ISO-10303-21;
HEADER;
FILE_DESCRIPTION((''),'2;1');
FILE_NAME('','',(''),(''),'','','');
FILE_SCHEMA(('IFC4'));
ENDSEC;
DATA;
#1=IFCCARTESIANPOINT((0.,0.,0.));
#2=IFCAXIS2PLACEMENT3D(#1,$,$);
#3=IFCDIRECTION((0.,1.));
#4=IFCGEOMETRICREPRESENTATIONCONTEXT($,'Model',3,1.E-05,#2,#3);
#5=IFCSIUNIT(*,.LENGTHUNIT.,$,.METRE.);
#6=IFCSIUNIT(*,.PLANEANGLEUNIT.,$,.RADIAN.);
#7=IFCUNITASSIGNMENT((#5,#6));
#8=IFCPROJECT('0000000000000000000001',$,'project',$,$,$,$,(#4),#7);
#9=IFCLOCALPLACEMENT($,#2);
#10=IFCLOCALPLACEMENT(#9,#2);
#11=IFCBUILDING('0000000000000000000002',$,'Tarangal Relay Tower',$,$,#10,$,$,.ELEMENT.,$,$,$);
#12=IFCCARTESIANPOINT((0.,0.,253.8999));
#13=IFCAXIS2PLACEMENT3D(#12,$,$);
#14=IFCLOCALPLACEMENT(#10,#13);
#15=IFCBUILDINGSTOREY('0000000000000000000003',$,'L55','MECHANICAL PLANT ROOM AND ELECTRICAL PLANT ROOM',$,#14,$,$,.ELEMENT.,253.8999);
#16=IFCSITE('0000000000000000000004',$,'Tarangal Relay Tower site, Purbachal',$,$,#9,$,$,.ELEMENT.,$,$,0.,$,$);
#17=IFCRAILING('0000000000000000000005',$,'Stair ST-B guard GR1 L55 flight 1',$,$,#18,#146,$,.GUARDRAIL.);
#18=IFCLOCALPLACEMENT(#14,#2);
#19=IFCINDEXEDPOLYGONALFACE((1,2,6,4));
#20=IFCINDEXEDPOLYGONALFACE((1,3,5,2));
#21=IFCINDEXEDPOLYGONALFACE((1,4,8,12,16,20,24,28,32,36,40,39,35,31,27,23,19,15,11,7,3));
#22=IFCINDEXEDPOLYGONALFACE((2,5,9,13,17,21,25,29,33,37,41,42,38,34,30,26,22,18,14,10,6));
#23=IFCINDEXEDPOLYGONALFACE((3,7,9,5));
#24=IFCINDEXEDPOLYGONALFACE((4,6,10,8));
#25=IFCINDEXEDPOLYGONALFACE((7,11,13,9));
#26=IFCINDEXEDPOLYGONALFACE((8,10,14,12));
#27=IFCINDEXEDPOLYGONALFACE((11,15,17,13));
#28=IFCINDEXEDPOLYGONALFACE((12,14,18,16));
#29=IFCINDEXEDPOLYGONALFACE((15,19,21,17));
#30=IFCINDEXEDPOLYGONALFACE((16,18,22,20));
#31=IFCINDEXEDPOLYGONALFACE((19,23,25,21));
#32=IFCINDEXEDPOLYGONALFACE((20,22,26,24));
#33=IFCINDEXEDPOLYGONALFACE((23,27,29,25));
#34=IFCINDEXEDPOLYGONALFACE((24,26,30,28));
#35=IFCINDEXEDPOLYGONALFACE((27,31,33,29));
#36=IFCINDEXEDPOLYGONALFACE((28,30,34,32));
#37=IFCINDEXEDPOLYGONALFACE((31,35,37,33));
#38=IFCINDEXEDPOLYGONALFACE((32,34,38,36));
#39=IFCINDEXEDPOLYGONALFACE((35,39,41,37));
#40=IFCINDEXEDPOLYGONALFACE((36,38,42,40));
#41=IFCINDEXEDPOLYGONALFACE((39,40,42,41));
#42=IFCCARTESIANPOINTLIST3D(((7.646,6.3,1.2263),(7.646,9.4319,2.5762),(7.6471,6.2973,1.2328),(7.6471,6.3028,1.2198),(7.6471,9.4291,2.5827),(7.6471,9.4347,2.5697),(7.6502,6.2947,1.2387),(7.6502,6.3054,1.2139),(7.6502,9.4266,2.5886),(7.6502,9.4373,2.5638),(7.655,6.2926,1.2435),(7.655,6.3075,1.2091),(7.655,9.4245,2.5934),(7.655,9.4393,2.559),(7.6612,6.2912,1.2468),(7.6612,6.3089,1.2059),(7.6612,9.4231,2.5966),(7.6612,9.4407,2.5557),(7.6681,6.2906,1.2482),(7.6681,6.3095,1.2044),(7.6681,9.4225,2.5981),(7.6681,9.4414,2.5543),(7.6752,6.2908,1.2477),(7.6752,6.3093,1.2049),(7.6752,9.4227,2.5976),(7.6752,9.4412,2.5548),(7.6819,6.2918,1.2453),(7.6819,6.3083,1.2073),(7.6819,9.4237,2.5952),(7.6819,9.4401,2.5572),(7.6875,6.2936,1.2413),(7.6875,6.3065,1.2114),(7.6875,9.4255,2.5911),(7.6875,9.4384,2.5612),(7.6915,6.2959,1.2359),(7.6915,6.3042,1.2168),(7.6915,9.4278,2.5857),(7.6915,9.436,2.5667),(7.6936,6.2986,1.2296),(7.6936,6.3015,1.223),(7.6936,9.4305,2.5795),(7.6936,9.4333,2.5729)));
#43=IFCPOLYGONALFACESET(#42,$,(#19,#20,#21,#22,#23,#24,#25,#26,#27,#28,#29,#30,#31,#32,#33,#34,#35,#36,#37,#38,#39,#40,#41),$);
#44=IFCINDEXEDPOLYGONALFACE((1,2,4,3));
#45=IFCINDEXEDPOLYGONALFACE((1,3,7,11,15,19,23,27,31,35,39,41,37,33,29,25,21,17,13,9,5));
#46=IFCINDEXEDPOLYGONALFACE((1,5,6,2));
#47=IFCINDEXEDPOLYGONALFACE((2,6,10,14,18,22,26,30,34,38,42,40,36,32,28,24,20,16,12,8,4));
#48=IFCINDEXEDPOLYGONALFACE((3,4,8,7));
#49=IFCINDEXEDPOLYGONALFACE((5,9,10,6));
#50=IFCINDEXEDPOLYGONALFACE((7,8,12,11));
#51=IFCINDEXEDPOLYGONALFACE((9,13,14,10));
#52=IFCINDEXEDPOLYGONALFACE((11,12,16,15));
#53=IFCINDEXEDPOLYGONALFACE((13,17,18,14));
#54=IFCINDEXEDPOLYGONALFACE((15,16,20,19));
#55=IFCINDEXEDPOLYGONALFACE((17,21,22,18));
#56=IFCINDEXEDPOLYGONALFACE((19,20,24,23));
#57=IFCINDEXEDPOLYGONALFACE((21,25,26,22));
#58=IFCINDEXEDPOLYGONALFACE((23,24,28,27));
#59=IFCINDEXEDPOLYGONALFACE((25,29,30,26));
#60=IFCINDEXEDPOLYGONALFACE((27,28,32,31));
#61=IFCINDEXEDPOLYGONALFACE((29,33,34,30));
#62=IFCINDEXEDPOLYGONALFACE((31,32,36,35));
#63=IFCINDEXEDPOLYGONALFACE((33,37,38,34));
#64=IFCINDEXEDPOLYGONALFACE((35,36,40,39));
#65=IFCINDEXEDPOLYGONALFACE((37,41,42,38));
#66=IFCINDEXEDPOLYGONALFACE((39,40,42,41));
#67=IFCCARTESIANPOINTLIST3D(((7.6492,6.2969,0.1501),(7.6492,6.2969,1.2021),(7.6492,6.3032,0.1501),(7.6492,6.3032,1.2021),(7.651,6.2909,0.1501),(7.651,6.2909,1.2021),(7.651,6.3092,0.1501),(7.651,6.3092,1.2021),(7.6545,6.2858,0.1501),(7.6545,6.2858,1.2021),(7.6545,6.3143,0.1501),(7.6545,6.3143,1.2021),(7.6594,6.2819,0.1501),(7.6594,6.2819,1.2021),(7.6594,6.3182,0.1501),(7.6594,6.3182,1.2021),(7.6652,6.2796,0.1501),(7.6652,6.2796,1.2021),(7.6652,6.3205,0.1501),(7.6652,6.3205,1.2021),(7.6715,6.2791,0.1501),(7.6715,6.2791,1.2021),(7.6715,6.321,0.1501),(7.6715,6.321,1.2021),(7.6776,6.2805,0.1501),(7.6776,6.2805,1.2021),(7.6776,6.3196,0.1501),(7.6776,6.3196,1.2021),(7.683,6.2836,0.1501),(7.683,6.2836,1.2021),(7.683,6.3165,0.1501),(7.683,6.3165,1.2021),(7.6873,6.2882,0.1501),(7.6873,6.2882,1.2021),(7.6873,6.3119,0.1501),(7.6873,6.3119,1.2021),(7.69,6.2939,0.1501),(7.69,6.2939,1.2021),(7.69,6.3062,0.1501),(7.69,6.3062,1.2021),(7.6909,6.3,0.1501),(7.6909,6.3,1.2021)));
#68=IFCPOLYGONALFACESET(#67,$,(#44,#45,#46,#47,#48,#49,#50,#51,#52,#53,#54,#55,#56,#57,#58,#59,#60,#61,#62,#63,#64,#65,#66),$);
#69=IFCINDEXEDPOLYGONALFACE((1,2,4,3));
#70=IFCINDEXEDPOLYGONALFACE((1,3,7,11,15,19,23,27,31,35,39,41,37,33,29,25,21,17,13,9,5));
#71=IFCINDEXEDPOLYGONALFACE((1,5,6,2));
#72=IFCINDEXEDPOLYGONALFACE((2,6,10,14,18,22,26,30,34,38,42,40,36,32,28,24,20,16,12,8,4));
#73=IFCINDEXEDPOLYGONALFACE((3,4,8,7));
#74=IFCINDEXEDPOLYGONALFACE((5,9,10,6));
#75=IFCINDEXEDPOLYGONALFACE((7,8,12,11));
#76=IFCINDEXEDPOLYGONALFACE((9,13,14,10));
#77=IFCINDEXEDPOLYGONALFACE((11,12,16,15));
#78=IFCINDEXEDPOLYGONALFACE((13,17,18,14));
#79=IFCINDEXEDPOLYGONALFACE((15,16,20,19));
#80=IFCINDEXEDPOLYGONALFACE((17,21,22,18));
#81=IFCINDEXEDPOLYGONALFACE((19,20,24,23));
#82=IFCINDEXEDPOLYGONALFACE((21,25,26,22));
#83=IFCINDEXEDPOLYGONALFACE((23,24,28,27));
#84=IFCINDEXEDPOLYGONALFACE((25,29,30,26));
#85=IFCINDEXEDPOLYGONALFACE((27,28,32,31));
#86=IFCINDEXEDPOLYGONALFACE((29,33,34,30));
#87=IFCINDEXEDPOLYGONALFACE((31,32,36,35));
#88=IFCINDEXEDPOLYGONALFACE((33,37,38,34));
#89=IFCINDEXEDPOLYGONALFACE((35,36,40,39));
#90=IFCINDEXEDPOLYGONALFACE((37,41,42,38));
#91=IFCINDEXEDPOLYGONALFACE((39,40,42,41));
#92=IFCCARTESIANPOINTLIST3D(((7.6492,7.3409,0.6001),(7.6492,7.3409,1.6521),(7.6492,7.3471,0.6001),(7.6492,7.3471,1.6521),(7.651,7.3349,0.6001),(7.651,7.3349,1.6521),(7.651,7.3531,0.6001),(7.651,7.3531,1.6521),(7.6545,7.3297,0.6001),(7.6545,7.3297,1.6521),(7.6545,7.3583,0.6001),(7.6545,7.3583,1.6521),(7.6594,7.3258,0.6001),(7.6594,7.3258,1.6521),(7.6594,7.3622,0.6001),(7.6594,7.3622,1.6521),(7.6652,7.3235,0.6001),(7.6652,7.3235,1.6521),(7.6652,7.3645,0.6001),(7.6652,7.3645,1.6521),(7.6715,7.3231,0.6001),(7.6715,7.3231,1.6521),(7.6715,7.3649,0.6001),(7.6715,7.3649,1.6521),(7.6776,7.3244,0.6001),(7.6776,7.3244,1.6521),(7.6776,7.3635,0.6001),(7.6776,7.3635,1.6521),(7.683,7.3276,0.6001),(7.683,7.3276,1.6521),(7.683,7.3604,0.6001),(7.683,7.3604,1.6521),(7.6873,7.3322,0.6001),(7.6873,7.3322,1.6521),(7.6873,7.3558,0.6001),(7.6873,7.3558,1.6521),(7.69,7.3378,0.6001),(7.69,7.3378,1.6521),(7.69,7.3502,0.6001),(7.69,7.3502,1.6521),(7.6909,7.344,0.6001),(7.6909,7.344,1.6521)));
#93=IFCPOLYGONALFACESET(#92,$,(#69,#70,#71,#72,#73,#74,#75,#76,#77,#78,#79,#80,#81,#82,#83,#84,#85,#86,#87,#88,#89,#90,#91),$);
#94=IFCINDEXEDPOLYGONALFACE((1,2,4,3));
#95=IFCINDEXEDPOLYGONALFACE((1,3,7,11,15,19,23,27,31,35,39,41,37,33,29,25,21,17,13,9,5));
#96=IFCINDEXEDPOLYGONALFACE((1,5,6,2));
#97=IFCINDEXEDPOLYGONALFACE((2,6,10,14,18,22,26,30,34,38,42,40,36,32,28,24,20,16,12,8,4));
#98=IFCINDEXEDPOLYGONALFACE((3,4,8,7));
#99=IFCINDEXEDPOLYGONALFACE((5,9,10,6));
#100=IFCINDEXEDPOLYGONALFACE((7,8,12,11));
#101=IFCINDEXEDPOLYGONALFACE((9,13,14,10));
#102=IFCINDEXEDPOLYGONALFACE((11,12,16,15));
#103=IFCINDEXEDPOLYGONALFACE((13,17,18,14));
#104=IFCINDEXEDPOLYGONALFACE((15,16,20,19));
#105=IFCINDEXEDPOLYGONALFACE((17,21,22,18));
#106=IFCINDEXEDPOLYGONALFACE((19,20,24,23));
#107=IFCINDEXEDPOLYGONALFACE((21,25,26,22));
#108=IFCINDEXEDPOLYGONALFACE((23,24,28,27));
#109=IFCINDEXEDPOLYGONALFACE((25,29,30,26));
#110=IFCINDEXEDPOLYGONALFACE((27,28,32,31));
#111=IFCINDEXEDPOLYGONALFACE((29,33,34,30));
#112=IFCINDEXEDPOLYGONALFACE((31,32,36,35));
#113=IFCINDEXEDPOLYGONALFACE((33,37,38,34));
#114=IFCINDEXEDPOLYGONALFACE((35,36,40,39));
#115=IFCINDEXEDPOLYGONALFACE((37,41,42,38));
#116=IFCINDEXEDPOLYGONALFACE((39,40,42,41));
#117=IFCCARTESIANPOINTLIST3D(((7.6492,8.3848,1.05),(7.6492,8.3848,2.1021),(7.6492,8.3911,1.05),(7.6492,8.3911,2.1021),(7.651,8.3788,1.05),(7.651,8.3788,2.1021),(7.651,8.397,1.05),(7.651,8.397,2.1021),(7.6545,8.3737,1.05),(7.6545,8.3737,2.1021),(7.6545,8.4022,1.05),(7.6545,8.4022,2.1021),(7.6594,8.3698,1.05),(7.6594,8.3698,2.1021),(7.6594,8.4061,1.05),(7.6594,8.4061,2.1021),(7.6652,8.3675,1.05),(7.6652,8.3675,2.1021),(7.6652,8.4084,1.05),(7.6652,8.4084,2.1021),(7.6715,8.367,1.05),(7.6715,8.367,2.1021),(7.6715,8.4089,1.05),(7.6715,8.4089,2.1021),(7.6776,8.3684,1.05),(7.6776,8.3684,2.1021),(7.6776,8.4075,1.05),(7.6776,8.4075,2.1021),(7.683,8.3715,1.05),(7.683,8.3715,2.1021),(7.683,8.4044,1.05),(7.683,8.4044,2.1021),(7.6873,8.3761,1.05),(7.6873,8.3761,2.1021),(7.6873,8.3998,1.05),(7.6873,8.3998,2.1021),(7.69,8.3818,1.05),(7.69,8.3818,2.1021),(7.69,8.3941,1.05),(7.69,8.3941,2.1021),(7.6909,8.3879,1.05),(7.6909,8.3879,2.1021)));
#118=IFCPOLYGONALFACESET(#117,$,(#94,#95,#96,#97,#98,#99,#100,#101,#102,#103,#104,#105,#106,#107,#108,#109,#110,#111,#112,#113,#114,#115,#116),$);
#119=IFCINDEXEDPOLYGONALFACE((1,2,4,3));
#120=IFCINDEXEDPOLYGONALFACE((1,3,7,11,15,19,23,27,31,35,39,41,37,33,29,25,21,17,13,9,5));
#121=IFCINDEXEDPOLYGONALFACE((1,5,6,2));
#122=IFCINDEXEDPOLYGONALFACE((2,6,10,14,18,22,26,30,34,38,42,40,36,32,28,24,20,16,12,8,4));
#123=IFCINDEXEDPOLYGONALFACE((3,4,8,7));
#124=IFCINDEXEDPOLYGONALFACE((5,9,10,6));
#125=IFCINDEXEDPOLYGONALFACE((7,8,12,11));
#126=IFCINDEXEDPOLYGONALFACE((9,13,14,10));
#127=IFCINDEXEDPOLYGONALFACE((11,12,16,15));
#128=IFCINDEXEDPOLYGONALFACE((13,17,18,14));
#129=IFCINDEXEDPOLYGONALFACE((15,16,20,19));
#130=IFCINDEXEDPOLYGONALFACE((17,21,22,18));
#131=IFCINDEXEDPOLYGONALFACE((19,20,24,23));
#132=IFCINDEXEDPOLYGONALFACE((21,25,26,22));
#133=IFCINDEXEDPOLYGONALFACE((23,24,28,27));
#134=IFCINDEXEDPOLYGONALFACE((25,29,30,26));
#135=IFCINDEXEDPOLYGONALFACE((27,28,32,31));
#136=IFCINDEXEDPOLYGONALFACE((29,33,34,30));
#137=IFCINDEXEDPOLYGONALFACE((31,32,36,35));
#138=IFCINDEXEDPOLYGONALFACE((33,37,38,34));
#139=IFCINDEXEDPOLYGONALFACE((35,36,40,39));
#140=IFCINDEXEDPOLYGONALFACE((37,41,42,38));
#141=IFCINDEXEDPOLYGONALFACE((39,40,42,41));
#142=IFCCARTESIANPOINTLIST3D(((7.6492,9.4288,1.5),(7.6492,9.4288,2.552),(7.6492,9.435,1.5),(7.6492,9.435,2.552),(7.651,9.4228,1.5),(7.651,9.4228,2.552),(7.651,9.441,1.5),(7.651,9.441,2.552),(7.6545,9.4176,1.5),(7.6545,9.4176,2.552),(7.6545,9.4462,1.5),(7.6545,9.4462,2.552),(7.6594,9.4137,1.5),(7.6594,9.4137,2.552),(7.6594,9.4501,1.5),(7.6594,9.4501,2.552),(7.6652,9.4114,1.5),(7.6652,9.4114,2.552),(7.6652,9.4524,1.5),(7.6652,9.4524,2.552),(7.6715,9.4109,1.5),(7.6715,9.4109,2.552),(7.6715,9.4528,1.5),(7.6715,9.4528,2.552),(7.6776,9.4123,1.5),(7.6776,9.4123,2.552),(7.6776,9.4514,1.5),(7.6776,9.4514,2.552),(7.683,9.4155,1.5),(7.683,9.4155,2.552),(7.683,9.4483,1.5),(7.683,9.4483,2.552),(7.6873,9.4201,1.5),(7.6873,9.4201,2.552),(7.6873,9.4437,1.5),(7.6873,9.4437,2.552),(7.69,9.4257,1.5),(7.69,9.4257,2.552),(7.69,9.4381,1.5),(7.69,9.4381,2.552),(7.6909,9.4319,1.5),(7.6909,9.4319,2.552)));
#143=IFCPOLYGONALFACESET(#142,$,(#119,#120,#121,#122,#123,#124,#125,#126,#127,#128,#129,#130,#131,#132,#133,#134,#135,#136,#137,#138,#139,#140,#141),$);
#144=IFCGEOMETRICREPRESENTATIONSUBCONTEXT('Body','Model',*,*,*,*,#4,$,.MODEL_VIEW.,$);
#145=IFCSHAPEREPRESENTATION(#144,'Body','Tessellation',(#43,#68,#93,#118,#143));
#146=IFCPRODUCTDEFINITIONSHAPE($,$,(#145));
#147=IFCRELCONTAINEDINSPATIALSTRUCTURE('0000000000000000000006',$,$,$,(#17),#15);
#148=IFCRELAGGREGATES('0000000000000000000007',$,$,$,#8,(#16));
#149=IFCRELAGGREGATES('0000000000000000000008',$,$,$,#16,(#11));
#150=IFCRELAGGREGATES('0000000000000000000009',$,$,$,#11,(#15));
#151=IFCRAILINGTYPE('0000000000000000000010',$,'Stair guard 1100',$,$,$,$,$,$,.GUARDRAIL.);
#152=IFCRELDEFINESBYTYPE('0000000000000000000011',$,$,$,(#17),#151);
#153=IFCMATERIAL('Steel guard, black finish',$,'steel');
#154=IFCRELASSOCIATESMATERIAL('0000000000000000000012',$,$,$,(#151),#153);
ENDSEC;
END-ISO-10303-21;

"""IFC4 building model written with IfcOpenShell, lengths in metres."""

from ifc_helpers import new_model, si_unit, direction, frame, origin, origin_2d, place, context, subcontext, project, spatial, circle, extrude, material, type_object, element, save


model = new_model("IFC4")

# Units and contexts
model_context = context("Model", 3, precision=1e-05, world=origin(), true_north=direction((0.0, 1.0)))
body_context = subcontext(model_context, "Body", "Model", "MODEL_VIEW")
ifc_project = project(units=[si_unit("LENGTHUNIT", "METRE"), si_unit("PLANEANGLEUNIT", "RADIAN")], contexts=[model_context])

# Site, building, storey
site_placement = place(None, origin())
site = spatial("IfcSite", under=ifc_project, at=site_placement, Name="Tarangal Relay Tower site, Purbachal", CompositionType="ELEMENT", RefElevation=0.0)
building_placement = place(site_placement, origin())
building = spatial("IfcBuilding", under=site, at=building_placement, Name="Tarangal Relay Tower", CompositionType="ELEMENT")
storey_placement = place(building_placement, frame((0.0, 0.0, 253.8999)))
storey = spatial("IfcBuildingStorey", under=building, at=storey_placement, Name="L55", Description="MECHANICAL PLANT ROOM AND ELECTRICAL PLANT ROOM", CompositionType="ELEMENT", Elevation=253.8999)

# Railing
ifc_material_1 = material(Name="Steel guard, black finish", Category="steel")
railing_type_1 = type_object("IfcRailingType", Name="Stair guard 1100", PredefinedType="GUARDRAIL", material=ifc_material_1)
railing_1_placement = place(storey_placement, frame((7.6699, 6.3, 0.1501)))
element("IfcRailing", 1, at=railing_1_placement, inside=storey, type_object=railing_type_1, Name="Stair ST-B guard GR1 L55 flight 1", PredefinedType="GUARDRAIL", context=body_context, shape_type="SweptSolid", body=[
    extrude(circle(Radius=0.0239, at=origin_2d()), frame((0.0, 0.0, 1.0762), z_axis=(0.0, 0.918332, 0.395811), x_axis=(-1.0, 0.0, 0.0)), (0.0, 0.0, 1.0), 3.4104),
    extrude(circle(Radius=0.021, at=origin_2d()), origin(), (0.0, 0.0, 1.0), 1.052),
    extrude(circle(Radius=0.021, at=origin_2d()), frame((0.0, 1.0439, 0.45)), (0.0, 0.0, 1.0), 1.052),
    extrude(circle(Radius=0.021, at=origin_2d()), frame((0.0, 2.0879, 0.8999)), (0.0, 0.0, 1.0), 1.052),
    extrude(circle(Radius=0.021, at=origin_2d()), frame((0.0, 3.1318, 1.3499)), (0.0, 0.0, 1.0), 1.052),
])

save(model, "model.ifc")
